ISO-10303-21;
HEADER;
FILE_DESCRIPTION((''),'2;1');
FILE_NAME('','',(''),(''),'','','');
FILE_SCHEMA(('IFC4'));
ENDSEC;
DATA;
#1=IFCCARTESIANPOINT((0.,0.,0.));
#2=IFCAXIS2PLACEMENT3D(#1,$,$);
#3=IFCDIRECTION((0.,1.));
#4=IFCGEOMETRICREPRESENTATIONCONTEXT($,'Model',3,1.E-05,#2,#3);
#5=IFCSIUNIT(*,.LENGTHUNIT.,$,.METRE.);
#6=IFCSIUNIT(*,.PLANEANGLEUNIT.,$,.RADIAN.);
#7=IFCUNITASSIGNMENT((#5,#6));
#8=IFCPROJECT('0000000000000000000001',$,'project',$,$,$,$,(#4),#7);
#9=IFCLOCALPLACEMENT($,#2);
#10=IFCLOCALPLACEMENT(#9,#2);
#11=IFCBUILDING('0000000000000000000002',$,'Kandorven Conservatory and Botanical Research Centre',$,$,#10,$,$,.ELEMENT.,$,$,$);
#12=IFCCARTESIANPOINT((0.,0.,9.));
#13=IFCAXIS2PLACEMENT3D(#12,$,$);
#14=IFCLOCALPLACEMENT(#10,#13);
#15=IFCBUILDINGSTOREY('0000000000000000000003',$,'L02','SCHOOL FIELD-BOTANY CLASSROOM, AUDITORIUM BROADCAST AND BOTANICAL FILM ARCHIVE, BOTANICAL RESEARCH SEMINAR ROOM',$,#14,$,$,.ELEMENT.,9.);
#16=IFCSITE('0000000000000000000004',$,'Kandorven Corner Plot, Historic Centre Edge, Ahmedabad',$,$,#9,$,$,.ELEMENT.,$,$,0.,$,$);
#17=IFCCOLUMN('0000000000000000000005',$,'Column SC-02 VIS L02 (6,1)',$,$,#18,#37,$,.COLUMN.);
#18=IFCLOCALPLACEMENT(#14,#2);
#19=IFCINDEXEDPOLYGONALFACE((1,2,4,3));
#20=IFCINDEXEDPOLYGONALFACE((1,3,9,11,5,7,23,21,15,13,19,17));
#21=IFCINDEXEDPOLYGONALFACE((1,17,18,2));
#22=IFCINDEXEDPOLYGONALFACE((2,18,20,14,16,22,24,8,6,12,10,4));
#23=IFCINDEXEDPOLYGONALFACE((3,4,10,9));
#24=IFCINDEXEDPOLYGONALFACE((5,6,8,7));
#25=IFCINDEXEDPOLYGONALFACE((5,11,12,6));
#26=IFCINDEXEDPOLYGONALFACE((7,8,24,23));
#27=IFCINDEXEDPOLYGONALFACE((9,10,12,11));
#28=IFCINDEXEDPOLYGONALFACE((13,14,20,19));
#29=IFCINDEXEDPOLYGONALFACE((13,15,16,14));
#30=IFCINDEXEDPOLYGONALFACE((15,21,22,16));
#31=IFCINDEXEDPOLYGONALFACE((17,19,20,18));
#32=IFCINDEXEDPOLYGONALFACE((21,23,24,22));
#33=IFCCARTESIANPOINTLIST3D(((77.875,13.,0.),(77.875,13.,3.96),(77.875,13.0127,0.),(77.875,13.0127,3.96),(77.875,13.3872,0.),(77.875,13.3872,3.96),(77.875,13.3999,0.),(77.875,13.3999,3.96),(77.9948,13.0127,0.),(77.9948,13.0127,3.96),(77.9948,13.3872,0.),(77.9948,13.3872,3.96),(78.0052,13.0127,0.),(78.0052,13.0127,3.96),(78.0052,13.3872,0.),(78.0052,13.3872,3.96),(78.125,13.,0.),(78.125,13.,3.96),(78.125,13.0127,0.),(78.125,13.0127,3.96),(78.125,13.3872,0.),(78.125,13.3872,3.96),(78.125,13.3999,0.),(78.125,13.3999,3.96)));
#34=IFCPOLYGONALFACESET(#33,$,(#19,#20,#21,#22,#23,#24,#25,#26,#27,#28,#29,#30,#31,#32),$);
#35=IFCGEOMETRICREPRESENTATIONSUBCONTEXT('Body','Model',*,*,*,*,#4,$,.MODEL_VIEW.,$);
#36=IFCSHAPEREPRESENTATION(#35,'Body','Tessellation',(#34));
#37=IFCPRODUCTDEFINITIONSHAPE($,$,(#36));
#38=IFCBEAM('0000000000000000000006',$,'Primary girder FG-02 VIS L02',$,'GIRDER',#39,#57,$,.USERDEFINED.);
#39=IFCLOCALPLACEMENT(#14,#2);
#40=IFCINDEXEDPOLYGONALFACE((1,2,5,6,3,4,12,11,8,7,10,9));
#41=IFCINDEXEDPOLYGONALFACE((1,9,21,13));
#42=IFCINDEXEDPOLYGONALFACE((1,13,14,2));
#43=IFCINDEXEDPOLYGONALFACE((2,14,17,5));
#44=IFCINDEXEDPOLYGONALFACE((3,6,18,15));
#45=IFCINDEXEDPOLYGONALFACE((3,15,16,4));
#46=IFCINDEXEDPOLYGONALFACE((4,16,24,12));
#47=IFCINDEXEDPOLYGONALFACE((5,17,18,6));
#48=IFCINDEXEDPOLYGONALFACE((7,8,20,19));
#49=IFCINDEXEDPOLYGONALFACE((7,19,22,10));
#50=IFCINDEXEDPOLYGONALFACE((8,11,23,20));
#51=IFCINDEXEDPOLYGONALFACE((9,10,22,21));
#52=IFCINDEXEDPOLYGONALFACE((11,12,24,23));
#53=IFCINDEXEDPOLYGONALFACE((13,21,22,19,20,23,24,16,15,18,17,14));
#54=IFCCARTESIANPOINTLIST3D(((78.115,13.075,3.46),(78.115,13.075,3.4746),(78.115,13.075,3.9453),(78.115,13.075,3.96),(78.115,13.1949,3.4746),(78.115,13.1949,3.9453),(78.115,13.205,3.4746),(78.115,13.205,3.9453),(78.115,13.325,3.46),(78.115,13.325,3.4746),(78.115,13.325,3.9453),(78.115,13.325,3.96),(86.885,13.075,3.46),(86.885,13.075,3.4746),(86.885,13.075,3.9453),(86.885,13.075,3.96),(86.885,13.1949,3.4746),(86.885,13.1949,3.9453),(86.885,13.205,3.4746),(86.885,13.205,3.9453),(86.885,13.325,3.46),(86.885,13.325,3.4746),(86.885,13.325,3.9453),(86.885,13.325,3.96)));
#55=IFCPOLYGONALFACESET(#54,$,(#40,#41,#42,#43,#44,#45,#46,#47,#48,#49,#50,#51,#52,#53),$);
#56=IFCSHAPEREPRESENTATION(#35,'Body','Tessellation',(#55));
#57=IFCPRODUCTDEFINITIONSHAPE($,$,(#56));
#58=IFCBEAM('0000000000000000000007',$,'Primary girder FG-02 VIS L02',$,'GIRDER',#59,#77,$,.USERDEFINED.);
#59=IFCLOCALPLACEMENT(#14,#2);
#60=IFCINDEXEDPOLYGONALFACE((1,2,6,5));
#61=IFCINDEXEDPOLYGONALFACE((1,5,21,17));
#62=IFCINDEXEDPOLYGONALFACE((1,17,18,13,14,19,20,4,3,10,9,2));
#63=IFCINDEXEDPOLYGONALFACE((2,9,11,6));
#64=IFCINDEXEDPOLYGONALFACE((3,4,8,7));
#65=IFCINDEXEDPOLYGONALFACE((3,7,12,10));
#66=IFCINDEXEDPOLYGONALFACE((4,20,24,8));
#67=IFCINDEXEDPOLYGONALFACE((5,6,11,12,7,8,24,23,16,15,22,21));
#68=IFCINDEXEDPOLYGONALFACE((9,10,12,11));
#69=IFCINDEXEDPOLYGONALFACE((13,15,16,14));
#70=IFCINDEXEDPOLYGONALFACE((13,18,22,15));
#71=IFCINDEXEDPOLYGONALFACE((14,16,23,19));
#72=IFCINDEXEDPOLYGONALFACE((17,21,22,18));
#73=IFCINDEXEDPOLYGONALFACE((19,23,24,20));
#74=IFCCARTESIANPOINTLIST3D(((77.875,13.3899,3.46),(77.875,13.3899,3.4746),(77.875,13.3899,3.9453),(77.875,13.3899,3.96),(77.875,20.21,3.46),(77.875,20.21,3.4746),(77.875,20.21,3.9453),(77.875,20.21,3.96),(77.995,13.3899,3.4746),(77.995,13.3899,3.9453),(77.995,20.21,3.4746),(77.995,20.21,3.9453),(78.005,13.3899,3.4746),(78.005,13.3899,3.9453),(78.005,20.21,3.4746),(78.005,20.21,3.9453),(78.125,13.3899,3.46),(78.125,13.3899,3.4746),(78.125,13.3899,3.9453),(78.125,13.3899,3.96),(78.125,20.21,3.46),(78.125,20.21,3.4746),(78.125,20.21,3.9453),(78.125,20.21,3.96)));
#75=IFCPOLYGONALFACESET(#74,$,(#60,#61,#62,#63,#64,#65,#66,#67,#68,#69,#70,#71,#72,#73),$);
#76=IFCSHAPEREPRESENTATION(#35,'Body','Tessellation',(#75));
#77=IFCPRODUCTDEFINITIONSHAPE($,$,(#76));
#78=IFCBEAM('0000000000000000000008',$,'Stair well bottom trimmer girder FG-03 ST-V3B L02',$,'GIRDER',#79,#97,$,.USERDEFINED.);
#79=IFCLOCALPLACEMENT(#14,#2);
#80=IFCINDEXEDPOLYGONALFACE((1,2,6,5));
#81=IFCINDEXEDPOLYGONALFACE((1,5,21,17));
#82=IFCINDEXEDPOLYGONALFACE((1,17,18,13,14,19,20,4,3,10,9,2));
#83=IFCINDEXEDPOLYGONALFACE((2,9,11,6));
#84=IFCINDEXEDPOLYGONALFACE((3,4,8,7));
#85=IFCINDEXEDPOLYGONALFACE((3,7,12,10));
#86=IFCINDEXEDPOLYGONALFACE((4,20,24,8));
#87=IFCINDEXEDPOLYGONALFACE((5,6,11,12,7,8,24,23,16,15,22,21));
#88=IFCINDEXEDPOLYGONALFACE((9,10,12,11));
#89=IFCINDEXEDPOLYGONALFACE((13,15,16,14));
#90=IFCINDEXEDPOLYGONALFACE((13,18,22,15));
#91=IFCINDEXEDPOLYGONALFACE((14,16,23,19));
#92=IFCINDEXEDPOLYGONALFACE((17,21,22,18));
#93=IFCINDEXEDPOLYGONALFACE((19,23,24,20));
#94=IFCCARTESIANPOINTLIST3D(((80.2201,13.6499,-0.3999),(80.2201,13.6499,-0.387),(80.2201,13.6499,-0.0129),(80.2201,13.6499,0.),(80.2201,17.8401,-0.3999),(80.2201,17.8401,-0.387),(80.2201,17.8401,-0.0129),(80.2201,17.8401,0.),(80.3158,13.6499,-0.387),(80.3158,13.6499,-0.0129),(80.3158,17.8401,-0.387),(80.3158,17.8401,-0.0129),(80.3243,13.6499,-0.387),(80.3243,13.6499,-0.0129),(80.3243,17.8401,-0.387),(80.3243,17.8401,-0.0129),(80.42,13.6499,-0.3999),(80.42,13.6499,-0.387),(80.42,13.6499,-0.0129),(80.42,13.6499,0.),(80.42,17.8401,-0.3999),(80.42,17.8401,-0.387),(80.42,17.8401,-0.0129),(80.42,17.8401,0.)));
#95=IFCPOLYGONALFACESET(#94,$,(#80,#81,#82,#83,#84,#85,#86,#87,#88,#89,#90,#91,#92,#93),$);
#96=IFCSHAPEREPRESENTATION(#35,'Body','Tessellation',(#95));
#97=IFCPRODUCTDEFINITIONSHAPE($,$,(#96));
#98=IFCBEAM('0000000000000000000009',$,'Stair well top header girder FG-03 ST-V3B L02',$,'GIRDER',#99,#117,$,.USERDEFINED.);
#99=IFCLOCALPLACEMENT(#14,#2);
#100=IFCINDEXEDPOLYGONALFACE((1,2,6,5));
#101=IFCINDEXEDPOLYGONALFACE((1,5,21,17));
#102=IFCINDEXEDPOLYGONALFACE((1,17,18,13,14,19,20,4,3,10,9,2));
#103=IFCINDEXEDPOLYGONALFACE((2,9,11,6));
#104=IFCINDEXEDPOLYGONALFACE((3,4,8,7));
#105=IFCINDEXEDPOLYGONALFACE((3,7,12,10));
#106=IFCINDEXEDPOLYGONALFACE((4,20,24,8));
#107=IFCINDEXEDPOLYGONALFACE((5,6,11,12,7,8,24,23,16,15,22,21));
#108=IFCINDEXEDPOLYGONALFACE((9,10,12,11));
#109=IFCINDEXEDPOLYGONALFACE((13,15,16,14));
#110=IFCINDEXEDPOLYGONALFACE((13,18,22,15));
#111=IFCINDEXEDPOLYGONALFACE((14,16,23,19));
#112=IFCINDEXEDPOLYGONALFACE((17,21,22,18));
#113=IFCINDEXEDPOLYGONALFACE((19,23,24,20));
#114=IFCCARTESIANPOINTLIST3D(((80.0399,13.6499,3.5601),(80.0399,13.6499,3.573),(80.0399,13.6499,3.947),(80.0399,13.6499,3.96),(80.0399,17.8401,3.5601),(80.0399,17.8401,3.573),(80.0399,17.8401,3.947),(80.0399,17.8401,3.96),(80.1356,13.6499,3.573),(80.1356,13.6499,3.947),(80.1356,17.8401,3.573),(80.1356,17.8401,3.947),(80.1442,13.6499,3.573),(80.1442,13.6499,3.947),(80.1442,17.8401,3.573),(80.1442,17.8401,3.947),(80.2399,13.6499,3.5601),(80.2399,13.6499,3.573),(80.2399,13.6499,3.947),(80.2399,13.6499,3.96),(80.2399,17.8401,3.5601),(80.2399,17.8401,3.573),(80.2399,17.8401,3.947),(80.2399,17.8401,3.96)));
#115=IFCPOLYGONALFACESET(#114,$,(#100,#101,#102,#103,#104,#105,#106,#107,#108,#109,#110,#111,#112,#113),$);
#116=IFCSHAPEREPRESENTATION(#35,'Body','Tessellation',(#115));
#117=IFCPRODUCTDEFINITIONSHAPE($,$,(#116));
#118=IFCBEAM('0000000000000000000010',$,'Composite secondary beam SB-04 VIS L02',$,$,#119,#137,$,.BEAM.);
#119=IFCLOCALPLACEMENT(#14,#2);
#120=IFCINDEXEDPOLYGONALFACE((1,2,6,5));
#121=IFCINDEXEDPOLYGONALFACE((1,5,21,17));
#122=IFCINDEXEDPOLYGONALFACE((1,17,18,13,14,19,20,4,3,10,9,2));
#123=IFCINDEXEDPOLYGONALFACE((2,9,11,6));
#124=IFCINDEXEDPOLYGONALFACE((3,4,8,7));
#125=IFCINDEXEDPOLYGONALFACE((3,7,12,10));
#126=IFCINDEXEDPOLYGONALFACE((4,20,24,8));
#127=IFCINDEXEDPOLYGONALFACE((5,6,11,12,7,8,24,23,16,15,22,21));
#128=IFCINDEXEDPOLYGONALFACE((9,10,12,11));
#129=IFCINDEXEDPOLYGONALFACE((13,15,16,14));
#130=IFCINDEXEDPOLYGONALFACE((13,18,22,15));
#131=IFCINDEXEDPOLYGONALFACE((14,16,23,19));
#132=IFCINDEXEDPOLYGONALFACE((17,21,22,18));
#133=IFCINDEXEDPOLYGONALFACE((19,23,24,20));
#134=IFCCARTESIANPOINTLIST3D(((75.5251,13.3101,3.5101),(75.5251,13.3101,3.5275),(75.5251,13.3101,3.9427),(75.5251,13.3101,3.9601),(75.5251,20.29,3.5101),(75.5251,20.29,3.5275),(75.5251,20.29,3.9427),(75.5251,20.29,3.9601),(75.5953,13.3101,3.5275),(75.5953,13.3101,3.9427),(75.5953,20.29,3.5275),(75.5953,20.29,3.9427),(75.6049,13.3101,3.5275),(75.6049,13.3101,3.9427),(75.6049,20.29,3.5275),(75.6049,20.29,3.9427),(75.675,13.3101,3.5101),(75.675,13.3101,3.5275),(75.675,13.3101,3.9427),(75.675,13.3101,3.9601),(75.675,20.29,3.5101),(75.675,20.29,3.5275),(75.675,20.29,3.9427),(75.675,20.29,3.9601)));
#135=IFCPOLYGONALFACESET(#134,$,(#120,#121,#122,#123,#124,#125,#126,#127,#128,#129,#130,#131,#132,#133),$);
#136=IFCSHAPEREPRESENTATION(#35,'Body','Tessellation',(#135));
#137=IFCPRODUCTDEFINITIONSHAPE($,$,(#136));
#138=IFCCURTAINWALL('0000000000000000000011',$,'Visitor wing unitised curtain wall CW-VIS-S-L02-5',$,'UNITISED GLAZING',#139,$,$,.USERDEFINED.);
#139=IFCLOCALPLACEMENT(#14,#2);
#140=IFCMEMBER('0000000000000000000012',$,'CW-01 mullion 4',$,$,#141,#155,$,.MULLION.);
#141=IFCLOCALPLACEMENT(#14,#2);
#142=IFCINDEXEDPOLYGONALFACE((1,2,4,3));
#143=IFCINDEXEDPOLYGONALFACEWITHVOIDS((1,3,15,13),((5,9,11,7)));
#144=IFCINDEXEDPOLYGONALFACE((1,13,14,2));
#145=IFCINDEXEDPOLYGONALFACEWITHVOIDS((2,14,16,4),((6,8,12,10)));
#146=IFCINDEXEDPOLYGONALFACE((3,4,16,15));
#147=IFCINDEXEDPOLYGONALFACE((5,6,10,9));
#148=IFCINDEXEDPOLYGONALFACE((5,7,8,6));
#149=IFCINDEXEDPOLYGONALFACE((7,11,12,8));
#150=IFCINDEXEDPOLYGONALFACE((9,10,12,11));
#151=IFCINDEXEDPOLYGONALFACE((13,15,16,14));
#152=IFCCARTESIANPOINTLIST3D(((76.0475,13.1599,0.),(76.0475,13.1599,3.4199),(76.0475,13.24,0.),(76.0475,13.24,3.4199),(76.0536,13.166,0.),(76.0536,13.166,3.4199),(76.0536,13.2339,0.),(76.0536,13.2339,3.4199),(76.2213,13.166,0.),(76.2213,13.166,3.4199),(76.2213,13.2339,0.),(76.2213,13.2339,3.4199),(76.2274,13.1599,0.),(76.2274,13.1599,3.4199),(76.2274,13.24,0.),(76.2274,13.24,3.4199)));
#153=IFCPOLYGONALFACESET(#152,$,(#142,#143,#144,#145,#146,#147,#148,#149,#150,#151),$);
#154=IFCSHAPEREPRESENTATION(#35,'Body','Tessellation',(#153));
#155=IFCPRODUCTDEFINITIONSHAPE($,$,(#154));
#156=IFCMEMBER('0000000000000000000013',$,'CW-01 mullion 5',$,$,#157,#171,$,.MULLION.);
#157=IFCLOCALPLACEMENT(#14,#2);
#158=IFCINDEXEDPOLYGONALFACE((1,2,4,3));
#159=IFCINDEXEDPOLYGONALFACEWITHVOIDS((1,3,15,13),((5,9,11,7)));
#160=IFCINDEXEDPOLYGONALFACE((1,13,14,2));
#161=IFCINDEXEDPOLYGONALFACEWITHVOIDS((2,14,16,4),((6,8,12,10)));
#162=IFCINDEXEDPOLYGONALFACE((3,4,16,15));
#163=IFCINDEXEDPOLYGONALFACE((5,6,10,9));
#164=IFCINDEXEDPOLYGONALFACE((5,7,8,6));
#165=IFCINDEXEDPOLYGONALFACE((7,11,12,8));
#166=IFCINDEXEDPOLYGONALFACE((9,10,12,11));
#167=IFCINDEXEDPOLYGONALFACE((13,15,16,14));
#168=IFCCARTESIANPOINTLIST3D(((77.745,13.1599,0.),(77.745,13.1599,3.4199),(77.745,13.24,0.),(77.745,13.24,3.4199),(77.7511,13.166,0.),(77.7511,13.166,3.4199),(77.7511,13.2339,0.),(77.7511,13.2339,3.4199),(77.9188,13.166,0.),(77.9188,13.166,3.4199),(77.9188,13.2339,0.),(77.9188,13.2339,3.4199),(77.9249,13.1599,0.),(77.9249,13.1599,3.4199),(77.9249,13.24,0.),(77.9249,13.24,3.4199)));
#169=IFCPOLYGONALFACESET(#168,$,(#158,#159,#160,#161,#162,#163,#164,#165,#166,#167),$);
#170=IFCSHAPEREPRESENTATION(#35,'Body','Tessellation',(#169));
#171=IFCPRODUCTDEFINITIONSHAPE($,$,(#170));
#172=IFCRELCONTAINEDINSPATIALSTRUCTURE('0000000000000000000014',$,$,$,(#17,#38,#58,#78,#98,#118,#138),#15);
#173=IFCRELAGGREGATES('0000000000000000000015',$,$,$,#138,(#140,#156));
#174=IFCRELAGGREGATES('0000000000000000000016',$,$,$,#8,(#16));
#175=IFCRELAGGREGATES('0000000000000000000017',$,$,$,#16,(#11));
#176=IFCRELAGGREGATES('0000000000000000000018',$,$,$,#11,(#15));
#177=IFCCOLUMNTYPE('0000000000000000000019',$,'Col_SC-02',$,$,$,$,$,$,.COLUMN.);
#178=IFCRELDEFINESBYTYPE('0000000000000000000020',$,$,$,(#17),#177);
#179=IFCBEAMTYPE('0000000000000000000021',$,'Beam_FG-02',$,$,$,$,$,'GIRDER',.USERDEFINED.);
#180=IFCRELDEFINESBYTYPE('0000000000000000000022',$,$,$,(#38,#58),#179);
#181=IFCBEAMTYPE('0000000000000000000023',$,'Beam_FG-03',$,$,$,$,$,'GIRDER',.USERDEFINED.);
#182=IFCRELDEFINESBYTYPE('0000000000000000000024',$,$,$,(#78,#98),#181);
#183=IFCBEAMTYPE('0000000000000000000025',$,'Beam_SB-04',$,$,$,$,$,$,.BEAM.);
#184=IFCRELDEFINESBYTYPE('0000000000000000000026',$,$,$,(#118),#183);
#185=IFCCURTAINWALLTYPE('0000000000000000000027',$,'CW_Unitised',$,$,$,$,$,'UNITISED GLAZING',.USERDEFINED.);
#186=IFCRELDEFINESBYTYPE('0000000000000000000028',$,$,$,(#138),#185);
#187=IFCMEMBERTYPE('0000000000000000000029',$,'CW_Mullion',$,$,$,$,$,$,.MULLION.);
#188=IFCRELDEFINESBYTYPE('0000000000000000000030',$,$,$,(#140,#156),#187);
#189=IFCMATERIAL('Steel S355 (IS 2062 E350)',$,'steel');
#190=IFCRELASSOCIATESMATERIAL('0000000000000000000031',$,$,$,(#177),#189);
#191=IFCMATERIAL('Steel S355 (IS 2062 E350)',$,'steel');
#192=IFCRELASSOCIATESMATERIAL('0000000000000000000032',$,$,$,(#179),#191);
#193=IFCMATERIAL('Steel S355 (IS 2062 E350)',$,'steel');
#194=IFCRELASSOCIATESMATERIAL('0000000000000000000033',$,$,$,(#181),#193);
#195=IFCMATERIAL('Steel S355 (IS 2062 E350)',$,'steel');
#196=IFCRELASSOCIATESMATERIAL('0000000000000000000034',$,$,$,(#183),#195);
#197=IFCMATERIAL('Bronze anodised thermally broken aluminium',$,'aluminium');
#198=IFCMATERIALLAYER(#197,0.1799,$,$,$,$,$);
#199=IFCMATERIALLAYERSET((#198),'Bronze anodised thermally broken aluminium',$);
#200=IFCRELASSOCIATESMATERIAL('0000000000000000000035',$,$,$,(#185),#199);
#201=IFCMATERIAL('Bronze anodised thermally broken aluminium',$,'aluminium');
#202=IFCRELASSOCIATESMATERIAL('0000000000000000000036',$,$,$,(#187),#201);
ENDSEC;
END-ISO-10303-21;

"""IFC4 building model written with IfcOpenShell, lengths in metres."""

from ifc_helpers import new_model, si_unit, direction, frame, origin, origin_2d, place, context, subcontext, project, spatial, hollow_rectangle, i_section, extrude, material, layer, layer_set, material_profile, profile_set, type_object, element, aggregate, save


model = new_model("IFC4")

# Units and contexts
model_context = context("Model", 3, precision=1e-05, world=origin(), true_north=direction((0.0, 1.0)))
body_context = subcontext(model_context, "Body", "Model", "MODEL_VIEW")
ifc_project = project(units=[si_unit("LENGTHUNIT", "METRE"), si_unit("PLANEANGLEUNIT", "RADIAN")], contexts=[model_context])

# Site, building, storey
site_placement = place(None, origin())
site = spatial("IfcSite", under=ifc_project, at=site_placement, Name="Kandorven Corner Plot, Historic Centre Edge, Ahmedabad", CompositionType="ELEMENT", RefElevation=0.0)
building_placement = place(site_placement, origin())
building = spatial("IfcBuilding", under=site, at=building_placement, Name="Kandorven Conservatory and Botanical Research Centre", CompositionType="ELEMENT")
storey_placement = place(building_placement, frame((0.0, 0.0, 9.0)))
storey = spatial("IfcBuildingStorey", under=building, at=storey_placement, Name="L02", Description="SCHOOL FIELD-BOTANY CLASSROOM, AUDITORIUM BROADCAST AND BOTANICAL FILM ARCHIVE, BOTANICAL RESEARCH SEMINAR ROOM", CompositionType="ELEMENT", Elevation=9.0)

# Column
ifc_material_1 = material(Name="Steel S355 (IS 2062 E350)", Category="steel")
ifc_material_profile_1 = material_profile(ifc_material_1, i_section(OverallWidth=0.25, OverallDepth=0.3999, WebThickness=0.0105, FlangeThickness=0.0127, at=origin_2d()))
ifc_profile_set_1 = profile_set([ifc_material_profile_1], Name="Steel S355 (IS 2062 E350)")
column_type = type_object("IfcColumnType", Name="Col_SC-02", PredefinedType="COLUMN", material=ifc_profile_set_1)
column_placement = place(storey_placement, frame((78.0, 13.2, 0.0), z_axis=(0.0, 0.0, 1.0), x_axis=(1.0, 0.0, 0.0)))
element("IfcColumn", 1, at=column_placement, inside=storey, type_object=column_type, Name="Column SC-02 VIS L02 (6,1)", PredefinedType="COLUMN", context=body_context, shape_type="SweptSolid", body=[
    extrude(i_section(OverallWidth=0.25, OverallDepth=0.3999, WebThickness=0.0105, FlangeThickness=0.0127, at=origin_2d()), origin(), (0.0, 0.0, 1.0), 3.96),
])

# Beams
ifc_material_2 = material(Name="Steel S355 (IS 2062 E350)", Category="steel")
ifc_material_profile_2 = material_profile(ifc_material_2, i_section(OverallWidth=0.25, OverallDepth=0.5, WebThickness=0.01, FlangeThickness=0.0146, at=origin_2d()))
ifc_profile_set_2 = profile_set([ifc_material_profile_2], Name="Steel S355 (IS 2062 E350)")
beam_type_1 = type_object("IfcBeamType", Name="Beam_FG-02", ElementType="GIRDER", PredefinedType="USERDEFINED", material=ifc_profile_set_2)
beam_1_placement = place(storey_placement, frame((78.115, 13.2, 3.71), z_axis=(1.0, 0.0, 0.0), x_axis=(0.0, 1.0, 0.0)))
element("IfcBeam", 2, at=beam_1_placement, inside=storey, type_object=beam_type_1, Name="Primary girder FG-02 VIS L02", ObjectType="GIRDER", PredefinedType="USERDEFINED", context=body_context, shape_type="SweptSolid", body=[
    extrude(i_section(OverallWidth=0.25, OverallDepth=0.5, WebThickness=0.01, FlangeThickness=0.0146, at=origin_2d()), origin(), (0.0, 0.0, 1.0), 8.77),
])
beam_2_placement = place(storey_placement, frame((78.0, 13.3899, 3.71), z_axis=(0.0, 1.0, 0.0), x_axis=(-1.0, 0.0, 0.0)))
element("IfcBeam", 3, at=beam_2_placement, inside=storey, type_object=beam_type_1, Name="Primary girder FG-02 VIS L02", ObjectType="GIRDER", PredefinedType="USERDEFINED", context=body_context, shape_type="SweptSolid", body=[
    extrude(i_section(OverallWidth=0.25, OverallDepth=0.5, WebThickness=0.01, FlangeThickness=0.0146, at=origin_2d()), origin(), (0.0, 0.0, 1.0), 6.8201),
])
ifc_material_3 = material(Name="Steel S355 (IS 2062 E350)", Category="steel")
ifc_material_profile_3 = material_profile(ifc_material_3, i_section(OverallWidth=0.2, OverallDepth=0.3999, WebThickness=0.0085, FlangeThickness=0.0129, at=origin_2d()))
ifc_profile_set_3 = profile_set([ifc_material_profile_3], Name="Steel S355 (IS 2062 E350)")
beam_type_2 = type_object("IfcBeamType", Name="Beam_FG-03", ElementType="GIRDER", PredefinedType="USERDEFINED", material=ifc_profile_set_3)
for number, where, z_axis, x_axis, name in (
    (4, (80.3201, 13.6499, -0.2), (0.0, 1.0, 0.0), (-1.0, 0.0, 0.0), "Stair well bottom trimmer girder FG-03 ST-V3B L02"),
    (5, (80.1399, 13.6499, 3.76), (0.0, 1.0, 0.0), (-1.0, 0.0, 0.0), "Stair well top header girder FG-03 ST-V3B L02"),
):
    element("IfcBeam", number, at=place(storey_placement, frame(where, z_axis=z_axis, x_axis=x_axis)), inside=storey, type_object=beam_type_2, Name=name, ObjectType="GIRDER", PredefinedType="USERDEFINED", context=body_context, shape_type="SweptSolid", body=[
        extrude(i_section(OverallWidth=0.2, OverallDepth=0.3999, WebThickness=0.0085, FlangeThickness=0.0129, at=origin_2d()), origin(), (0.0, 0.0, 1.0), 4.1902),
    ])
ifc_material_4 = material(Name="Steel S355 (IS 2062 E350)", Category="steel")
ifc_material_profile_4 = material_profile(ifc_material_4, i_section(OverallWidth=0.1499, OverallDepth=0.45, WebThickness=0.0095, FlangeThickness=0.0173, at=origin_2d()))
ifc_profile_set_4 = profile_set([ifc_material_profile_4], Name="Steel S355 (IS 2062 E350)")
beam_type_3 = type_object("IfcBeamType", Name="Beam_SB-04", PredefinedType="BEAM", material=ifc_profile_set_4)
beam_3_placement = place(storey_placement, frame((75.6001, 13.3101, 3.7351), z_axis=(0.0, 1.0, 0.0), x_axis=(-1.0, 0.0, 0.0)))
element("IfcBeam", 6, at=beam_3_placement, inside=storey, type_object=beam_type_3, Name="Composite secondary beam SB-04 VIS L02", PredefinedType="BEAM", context=body_context, shape_type="SweptSolid", body=[
    extrude(i_section(OverallWidth=0.1499, OverallDepth=0.45, WebThickness=0.0095, FlangeThickness=0.0173, at=origin_2d()), origin(), (0.0, 0.0, 1.0), 6.98),
])

# Curtain wall, members
ifc_material_5 = material(Name="Bronze anodised thermally broken aluminium", Category="aluminium")
ifc_layer_1 = layer(ifc_material_5, 0.1799)
ifc_layer_set_1 = layer_set([ifc_layer_1], Name="Bronze anodised thermally broken aluminium")
curtain_wall_type = type_object("IfcCurtainWallType", Name="CW_Unitised", ElementType="UNITISED GLAZING", PredefinedType="USERDEFINED", material=ifc_layer_set_1)
curtain_wall_placement = place(storey_placement, origin())
curtain_wall = element("IfcCurtainWall", 7, at=curtain_wall_placement, inside=storey, type_object=curtain_wall_type, Name="Visitor wing unitised curtain wall CW-VIS-S-L02-5", ObjectType="UNITISED GLAZING", PredefinedType="USERDEFINED")
ifc_material_6 = material(Name="Bronze anodised thermally broken aluminium", Category="aluminium")
ifc_material_profile_5 = material_profile(ifc_material_6, hollow_rectangle(XDim=0.0801, YDim=0.1799, WallThickness=0.0061, at=origin_2d()))
ifc_profile_set_5 = profile_set([ifc_material_profile_5], Name="Bronze anodised thermally broken aluminium")
member_type_1 = type_object("IfcMemberType", Name="CW_Mullion", PredefinedType="MULLION", material=ifc_profile_set_5)
member_1_placement = place(storey_placement, frame((76.1375, 13.2, 0.0), z_axis=(0.0, 0.0, 1.0), x_axis=(0.0, 1.0, 0.0)))
member_1 = element("IfcMember", 8, at=member_1_placement, type_object=member_type_1, Name="CW-01 mullion 4", PredefinedType="MULLION", context=body_context, shape_type="SweptSolid", body=[
    extrude(hollow_rectangle(XDim=0.0801, YDim=0.1799, WallThickness=0.0061, at=origin_2d()), origin(), (0.0, 0.0, 1.0), 3.4199),
])
member_2_placement = place(storey_placement, frame((77.835, 13.2, 0.0), z_axis=(0.0, 0.0, 1.0), x_axis=(0.0, 1.0, 0.0)))
member_2 = element("IfcMember", 9, at=member_2_placement, type_object=member_type_1, Name="CW-01 mullion 5", PredefinedType="MULLION", context=body_context, shape_type="SweptSolid", body=[
    extrude(hollow_rectangle(XDim=0.0801, YDim=0.1799, WallThickness=0.0061, at=origin_2d()), origin(), (0.0, 0.0, 1.0), 3.4199),
])
aggregate(curtain_wall, [member_1, member_2])

save(model, "model.ifc")
